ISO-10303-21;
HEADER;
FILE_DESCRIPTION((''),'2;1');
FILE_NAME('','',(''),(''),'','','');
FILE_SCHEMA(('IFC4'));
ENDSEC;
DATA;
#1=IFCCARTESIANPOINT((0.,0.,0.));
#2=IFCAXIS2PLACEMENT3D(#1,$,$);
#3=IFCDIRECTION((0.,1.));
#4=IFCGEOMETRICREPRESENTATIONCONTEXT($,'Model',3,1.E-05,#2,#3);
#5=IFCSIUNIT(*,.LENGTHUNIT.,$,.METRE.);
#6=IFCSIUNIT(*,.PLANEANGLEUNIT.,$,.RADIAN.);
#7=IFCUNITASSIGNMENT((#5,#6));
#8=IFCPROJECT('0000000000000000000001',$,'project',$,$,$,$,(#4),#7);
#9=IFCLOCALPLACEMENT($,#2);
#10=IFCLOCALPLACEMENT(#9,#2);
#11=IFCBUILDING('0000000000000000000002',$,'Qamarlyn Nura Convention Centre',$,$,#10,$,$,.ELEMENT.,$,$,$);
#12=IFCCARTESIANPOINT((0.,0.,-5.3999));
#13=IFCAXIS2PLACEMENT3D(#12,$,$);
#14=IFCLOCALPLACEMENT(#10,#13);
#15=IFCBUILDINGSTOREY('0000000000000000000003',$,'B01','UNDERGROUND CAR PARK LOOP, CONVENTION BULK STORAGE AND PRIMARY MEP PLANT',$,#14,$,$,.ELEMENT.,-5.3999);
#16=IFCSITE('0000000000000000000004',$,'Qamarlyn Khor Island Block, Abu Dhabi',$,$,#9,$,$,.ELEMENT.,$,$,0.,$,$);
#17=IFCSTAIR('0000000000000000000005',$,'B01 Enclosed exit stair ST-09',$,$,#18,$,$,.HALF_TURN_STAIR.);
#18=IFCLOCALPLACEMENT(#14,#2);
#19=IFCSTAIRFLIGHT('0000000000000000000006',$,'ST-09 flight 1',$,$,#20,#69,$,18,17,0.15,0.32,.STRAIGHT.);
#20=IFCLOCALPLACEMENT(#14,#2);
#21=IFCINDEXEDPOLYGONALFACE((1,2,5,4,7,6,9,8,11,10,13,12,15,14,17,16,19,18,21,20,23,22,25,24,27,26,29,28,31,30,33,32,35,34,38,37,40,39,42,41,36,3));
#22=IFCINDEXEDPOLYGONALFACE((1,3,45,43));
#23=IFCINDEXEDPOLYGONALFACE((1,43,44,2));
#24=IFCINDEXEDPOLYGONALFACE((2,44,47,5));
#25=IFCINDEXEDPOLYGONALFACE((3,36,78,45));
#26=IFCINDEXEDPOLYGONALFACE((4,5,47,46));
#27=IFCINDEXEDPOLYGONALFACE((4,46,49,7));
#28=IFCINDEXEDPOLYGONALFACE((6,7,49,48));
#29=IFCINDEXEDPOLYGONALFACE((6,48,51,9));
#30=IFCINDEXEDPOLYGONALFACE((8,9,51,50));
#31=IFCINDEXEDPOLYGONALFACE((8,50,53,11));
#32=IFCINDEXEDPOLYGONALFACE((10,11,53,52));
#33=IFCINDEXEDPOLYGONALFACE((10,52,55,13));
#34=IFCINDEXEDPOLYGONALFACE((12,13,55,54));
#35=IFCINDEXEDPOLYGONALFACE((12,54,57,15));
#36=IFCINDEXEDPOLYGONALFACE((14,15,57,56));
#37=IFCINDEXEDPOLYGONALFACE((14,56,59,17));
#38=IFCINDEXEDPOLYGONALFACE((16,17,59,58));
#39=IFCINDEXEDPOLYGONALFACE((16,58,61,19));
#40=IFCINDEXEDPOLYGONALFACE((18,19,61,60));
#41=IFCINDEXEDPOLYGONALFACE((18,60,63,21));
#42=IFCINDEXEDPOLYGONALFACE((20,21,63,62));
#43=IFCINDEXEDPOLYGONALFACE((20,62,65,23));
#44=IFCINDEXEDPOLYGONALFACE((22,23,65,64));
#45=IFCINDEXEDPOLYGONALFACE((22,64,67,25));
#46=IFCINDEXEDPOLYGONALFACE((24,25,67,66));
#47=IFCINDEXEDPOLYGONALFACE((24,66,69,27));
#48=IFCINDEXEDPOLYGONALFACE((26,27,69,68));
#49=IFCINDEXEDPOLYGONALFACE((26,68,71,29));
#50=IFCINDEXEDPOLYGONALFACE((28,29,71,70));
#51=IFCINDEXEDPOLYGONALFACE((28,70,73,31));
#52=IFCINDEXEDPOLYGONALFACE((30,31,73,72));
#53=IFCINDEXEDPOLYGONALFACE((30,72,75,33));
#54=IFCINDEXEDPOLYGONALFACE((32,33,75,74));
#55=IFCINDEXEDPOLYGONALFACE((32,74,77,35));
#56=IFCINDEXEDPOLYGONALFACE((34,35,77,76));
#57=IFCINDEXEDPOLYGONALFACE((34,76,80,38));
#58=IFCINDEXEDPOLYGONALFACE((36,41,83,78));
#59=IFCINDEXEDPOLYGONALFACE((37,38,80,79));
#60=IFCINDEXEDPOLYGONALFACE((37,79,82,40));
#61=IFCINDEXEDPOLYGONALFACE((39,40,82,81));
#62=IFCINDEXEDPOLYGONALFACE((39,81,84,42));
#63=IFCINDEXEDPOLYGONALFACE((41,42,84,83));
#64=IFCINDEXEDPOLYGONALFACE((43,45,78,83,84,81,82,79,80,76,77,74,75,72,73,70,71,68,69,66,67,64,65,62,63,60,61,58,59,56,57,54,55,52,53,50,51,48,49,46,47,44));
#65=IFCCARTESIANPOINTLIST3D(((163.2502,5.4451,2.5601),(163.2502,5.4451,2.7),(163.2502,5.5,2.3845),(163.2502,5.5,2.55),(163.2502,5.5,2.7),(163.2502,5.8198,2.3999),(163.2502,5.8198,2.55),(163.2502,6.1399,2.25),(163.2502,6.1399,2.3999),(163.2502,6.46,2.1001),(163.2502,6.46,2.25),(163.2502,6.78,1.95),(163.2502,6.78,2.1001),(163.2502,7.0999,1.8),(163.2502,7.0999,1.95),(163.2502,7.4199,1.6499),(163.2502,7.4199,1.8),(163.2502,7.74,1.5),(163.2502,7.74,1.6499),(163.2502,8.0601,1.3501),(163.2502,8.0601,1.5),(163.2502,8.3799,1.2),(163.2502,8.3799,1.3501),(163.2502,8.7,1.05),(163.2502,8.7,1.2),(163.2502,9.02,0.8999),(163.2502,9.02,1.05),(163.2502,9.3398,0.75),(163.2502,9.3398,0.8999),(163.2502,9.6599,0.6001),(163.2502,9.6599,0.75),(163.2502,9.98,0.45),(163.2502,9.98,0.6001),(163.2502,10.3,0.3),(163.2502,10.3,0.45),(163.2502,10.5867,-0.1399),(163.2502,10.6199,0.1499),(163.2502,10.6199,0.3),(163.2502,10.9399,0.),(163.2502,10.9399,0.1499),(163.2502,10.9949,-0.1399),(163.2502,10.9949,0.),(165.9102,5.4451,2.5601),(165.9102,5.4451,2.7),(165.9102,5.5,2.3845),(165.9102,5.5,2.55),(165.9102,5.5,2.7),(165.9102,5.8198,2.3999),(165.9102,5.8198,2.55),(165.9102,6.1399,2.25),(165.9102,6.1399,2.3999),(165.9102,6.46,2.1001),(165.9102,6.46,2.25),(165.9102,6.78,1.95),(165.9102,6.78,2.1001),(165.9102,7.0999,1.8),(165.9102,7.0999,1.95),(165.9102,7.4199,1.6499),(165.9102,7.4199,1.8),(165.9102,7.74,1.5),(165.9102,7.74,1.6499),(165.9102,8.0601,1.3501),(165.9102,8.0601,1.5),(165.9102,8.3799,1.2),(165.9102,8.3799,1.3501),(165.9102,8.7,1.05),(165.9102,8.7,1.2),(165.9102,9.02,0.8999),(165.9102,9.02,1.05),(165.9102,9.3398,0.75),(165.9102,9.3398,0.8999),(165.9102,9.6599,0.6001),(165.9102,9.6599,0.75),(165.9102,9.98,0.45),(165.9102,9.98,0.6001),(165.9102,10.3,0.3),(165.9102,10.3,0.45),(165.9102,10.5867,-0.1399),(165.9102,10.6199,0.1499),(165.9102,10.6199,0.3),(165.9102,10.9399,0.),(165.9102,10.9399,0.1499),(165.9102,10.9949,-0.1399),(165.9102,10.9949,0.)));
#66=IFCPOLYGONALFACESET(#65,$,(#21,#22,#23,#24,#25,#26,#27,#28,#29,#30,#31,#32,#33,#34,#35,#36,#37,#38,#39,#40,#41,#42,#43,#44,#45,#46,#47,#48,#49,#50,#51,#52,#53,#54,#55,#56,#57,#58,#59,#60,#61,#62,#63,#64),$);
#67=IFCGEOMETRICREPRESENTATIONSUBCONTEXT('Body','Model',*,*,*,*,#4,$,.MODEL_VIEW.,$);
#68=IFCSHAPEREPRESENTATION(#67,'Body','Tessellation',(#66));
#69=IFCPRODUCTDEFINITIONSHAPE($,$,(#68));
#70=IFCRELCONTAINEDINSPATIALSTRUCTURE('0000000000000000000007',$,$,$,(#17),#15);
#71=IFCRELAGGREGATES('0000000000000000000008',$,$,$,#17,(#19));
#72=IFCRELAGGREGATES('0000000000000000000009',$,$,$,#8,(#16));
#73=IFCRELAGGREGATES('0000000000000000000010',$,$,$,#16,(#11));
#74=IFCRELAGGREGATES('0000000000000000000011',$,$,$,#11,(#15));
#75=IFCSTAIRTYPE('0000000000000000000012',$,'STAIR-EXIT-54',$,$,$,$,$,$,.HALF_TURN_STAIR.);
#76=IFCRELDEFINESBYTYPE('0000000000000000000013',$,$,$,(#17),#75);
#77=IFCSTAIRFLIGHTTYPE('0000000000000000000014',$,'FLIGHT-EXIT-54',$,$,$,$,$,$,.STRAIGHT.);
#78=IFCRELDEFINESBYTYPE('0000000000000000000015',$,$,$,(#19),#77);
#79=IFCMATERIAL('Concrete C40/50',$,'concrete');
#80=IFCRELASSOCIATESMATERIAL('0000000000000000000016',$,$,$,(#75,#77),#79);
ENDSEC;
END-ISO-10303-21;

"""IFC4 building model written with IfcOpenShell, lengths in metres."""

from ifc_helpers import new_model, si_unit, direction, frame, origin, place, context, subcontext, project, spatial, polyline, outline, extrude, material, type_object, element, aggregate, save


model = new_model("IFC4")

# Units and contexts
model_context = context("Model", 3, precision=1e-05, world=origin(), true_north=direction((0.0, 1.0)))
body_context = subcontext(model_context, "Body", "Model", "MODEL_VIEW")
ifc_project = project(units=[si_unit("LENGTHUNIT", "METRE"), si_unit("PLANEANGLEUNIT", "RADIAN")], contexts=[model_context])

# Site, building, storey
site_placement = place(None, origin())
site = spatial("IfcSite", under=ifc_project, at=site_placement, Name="Qamarlyn Khor Island Block, Abu Dhabi", CompositionType="ELEMENT", RefElevation=0.0)
building_placement = place(site_placement, origin())
building = spatial("IfcBuilding", under=site, at=building_placement, Name="Qamarlyn Nura Convention Centre", CompositionType="ELEMENT")
storey_placement = place(building_placement, frame((0.0, 0.0, -5.3999)))
storey = spatial("IfcBuildingStorey", under=building, at=storey_placement, Name="B01", Description="UNDERGROUND CAR PARK LOOP, CONVENTION BULK STORAGE AND PRIMARY MEP PLANT", CompositionType="ELEMENT", Elevation=-5.3999)

# Shared definitions
ifc_material_1 = material(Name="Concrete C40/50", Category="concrete")

# Stair, stair flight
stair_type = type_object("IfcStairType", Name="STAIR-EXIT-54", PredefinedType="HALF_TURN_STAIR", material=ifc_material_1)
stair_placement = place(storey_placement, origin())
stair = element("IfcStair", 1, at=stair_placement, inside=storey, type_object=stair_type, Name="B01 Enclosed exit stair ST-09", PredefinedType="HALF_TURN_STAIR")
stair_flight_type = type_object("IfcStairFlightType", Name="FLIGHT-EXIT-54", PredefinedType="STRAIGHT", material=ifc_material_1)
stair_flight_placement = place(storey_placement, frame((164.5801, 10.9399, 0.0), z_axis=(0.0, 0.0, 1.0), x_axis=(0.0, -1.0, 0.0)))
stair_flight = element("IfcStairFlight", 2, at=stair_flight_placement, type_object=stair_flight_type, Name="ST-09 flight 1", NumberOfRisers=18, NumberOfTreads=17, PredefinedType="STRAIGHT", RiserHeight=0.15, TreadLength=0.32, context=body_context, shape_type="SweptSolid", body=[
    extrude(outline(polyline([(-0.0549, 0.0), (0.0, 0.0), (0.0, 0.1499), (0.3201, 0.1499), (0.3201, 0.3), (0.6399, 0.3), (0.6399, 0.45), (0.96, 0.45), (0.96, 0.6001), (1.28, 0.6001), (1.28, 0.75), (1.6001, 0.75), (1.6001, 0.8999), (1.9199, 0.8999), (1.9199, 1.05), (2.24, 1.05), (2.24, 1.2), (2.5601, 1.2), (2.5601, 1.3501), (2.8799, 1.3501), (2.8799, 1.5), (3.2, 1.5), (3.2, 1.6499), (3.52, 1.6499), (3.52, 1.8), (3.8401, 1.8), (3.8401, 1.95), (4.1599, 1.95), (4.1599, 2.1001), (4.48, 2.1001), (4.48, 2.25), (4.8, 2.25), (4.8, 2.3999), (5.1201, 2.3999), (5.1201, 2.55), (5.4399, 2.55), (5.4399, 2.7), (5.4949, 2.7), (5.4949, 2.5601), (5.4399, 2.3845), (0.3533, -0.1399), (-0.0549, -0.1399), (-0.0549, 0.0)])), frame((0.0, 1.3301, 0.0), z_axis=(0.0, -1.0, 0.0), x_axis=(1.0, 0.0, 0.0)), (0.0, 0.0, 1.0), 2.6599),
])
aggregate(stair, [stair_flight])

save(model, "model.ifc")
